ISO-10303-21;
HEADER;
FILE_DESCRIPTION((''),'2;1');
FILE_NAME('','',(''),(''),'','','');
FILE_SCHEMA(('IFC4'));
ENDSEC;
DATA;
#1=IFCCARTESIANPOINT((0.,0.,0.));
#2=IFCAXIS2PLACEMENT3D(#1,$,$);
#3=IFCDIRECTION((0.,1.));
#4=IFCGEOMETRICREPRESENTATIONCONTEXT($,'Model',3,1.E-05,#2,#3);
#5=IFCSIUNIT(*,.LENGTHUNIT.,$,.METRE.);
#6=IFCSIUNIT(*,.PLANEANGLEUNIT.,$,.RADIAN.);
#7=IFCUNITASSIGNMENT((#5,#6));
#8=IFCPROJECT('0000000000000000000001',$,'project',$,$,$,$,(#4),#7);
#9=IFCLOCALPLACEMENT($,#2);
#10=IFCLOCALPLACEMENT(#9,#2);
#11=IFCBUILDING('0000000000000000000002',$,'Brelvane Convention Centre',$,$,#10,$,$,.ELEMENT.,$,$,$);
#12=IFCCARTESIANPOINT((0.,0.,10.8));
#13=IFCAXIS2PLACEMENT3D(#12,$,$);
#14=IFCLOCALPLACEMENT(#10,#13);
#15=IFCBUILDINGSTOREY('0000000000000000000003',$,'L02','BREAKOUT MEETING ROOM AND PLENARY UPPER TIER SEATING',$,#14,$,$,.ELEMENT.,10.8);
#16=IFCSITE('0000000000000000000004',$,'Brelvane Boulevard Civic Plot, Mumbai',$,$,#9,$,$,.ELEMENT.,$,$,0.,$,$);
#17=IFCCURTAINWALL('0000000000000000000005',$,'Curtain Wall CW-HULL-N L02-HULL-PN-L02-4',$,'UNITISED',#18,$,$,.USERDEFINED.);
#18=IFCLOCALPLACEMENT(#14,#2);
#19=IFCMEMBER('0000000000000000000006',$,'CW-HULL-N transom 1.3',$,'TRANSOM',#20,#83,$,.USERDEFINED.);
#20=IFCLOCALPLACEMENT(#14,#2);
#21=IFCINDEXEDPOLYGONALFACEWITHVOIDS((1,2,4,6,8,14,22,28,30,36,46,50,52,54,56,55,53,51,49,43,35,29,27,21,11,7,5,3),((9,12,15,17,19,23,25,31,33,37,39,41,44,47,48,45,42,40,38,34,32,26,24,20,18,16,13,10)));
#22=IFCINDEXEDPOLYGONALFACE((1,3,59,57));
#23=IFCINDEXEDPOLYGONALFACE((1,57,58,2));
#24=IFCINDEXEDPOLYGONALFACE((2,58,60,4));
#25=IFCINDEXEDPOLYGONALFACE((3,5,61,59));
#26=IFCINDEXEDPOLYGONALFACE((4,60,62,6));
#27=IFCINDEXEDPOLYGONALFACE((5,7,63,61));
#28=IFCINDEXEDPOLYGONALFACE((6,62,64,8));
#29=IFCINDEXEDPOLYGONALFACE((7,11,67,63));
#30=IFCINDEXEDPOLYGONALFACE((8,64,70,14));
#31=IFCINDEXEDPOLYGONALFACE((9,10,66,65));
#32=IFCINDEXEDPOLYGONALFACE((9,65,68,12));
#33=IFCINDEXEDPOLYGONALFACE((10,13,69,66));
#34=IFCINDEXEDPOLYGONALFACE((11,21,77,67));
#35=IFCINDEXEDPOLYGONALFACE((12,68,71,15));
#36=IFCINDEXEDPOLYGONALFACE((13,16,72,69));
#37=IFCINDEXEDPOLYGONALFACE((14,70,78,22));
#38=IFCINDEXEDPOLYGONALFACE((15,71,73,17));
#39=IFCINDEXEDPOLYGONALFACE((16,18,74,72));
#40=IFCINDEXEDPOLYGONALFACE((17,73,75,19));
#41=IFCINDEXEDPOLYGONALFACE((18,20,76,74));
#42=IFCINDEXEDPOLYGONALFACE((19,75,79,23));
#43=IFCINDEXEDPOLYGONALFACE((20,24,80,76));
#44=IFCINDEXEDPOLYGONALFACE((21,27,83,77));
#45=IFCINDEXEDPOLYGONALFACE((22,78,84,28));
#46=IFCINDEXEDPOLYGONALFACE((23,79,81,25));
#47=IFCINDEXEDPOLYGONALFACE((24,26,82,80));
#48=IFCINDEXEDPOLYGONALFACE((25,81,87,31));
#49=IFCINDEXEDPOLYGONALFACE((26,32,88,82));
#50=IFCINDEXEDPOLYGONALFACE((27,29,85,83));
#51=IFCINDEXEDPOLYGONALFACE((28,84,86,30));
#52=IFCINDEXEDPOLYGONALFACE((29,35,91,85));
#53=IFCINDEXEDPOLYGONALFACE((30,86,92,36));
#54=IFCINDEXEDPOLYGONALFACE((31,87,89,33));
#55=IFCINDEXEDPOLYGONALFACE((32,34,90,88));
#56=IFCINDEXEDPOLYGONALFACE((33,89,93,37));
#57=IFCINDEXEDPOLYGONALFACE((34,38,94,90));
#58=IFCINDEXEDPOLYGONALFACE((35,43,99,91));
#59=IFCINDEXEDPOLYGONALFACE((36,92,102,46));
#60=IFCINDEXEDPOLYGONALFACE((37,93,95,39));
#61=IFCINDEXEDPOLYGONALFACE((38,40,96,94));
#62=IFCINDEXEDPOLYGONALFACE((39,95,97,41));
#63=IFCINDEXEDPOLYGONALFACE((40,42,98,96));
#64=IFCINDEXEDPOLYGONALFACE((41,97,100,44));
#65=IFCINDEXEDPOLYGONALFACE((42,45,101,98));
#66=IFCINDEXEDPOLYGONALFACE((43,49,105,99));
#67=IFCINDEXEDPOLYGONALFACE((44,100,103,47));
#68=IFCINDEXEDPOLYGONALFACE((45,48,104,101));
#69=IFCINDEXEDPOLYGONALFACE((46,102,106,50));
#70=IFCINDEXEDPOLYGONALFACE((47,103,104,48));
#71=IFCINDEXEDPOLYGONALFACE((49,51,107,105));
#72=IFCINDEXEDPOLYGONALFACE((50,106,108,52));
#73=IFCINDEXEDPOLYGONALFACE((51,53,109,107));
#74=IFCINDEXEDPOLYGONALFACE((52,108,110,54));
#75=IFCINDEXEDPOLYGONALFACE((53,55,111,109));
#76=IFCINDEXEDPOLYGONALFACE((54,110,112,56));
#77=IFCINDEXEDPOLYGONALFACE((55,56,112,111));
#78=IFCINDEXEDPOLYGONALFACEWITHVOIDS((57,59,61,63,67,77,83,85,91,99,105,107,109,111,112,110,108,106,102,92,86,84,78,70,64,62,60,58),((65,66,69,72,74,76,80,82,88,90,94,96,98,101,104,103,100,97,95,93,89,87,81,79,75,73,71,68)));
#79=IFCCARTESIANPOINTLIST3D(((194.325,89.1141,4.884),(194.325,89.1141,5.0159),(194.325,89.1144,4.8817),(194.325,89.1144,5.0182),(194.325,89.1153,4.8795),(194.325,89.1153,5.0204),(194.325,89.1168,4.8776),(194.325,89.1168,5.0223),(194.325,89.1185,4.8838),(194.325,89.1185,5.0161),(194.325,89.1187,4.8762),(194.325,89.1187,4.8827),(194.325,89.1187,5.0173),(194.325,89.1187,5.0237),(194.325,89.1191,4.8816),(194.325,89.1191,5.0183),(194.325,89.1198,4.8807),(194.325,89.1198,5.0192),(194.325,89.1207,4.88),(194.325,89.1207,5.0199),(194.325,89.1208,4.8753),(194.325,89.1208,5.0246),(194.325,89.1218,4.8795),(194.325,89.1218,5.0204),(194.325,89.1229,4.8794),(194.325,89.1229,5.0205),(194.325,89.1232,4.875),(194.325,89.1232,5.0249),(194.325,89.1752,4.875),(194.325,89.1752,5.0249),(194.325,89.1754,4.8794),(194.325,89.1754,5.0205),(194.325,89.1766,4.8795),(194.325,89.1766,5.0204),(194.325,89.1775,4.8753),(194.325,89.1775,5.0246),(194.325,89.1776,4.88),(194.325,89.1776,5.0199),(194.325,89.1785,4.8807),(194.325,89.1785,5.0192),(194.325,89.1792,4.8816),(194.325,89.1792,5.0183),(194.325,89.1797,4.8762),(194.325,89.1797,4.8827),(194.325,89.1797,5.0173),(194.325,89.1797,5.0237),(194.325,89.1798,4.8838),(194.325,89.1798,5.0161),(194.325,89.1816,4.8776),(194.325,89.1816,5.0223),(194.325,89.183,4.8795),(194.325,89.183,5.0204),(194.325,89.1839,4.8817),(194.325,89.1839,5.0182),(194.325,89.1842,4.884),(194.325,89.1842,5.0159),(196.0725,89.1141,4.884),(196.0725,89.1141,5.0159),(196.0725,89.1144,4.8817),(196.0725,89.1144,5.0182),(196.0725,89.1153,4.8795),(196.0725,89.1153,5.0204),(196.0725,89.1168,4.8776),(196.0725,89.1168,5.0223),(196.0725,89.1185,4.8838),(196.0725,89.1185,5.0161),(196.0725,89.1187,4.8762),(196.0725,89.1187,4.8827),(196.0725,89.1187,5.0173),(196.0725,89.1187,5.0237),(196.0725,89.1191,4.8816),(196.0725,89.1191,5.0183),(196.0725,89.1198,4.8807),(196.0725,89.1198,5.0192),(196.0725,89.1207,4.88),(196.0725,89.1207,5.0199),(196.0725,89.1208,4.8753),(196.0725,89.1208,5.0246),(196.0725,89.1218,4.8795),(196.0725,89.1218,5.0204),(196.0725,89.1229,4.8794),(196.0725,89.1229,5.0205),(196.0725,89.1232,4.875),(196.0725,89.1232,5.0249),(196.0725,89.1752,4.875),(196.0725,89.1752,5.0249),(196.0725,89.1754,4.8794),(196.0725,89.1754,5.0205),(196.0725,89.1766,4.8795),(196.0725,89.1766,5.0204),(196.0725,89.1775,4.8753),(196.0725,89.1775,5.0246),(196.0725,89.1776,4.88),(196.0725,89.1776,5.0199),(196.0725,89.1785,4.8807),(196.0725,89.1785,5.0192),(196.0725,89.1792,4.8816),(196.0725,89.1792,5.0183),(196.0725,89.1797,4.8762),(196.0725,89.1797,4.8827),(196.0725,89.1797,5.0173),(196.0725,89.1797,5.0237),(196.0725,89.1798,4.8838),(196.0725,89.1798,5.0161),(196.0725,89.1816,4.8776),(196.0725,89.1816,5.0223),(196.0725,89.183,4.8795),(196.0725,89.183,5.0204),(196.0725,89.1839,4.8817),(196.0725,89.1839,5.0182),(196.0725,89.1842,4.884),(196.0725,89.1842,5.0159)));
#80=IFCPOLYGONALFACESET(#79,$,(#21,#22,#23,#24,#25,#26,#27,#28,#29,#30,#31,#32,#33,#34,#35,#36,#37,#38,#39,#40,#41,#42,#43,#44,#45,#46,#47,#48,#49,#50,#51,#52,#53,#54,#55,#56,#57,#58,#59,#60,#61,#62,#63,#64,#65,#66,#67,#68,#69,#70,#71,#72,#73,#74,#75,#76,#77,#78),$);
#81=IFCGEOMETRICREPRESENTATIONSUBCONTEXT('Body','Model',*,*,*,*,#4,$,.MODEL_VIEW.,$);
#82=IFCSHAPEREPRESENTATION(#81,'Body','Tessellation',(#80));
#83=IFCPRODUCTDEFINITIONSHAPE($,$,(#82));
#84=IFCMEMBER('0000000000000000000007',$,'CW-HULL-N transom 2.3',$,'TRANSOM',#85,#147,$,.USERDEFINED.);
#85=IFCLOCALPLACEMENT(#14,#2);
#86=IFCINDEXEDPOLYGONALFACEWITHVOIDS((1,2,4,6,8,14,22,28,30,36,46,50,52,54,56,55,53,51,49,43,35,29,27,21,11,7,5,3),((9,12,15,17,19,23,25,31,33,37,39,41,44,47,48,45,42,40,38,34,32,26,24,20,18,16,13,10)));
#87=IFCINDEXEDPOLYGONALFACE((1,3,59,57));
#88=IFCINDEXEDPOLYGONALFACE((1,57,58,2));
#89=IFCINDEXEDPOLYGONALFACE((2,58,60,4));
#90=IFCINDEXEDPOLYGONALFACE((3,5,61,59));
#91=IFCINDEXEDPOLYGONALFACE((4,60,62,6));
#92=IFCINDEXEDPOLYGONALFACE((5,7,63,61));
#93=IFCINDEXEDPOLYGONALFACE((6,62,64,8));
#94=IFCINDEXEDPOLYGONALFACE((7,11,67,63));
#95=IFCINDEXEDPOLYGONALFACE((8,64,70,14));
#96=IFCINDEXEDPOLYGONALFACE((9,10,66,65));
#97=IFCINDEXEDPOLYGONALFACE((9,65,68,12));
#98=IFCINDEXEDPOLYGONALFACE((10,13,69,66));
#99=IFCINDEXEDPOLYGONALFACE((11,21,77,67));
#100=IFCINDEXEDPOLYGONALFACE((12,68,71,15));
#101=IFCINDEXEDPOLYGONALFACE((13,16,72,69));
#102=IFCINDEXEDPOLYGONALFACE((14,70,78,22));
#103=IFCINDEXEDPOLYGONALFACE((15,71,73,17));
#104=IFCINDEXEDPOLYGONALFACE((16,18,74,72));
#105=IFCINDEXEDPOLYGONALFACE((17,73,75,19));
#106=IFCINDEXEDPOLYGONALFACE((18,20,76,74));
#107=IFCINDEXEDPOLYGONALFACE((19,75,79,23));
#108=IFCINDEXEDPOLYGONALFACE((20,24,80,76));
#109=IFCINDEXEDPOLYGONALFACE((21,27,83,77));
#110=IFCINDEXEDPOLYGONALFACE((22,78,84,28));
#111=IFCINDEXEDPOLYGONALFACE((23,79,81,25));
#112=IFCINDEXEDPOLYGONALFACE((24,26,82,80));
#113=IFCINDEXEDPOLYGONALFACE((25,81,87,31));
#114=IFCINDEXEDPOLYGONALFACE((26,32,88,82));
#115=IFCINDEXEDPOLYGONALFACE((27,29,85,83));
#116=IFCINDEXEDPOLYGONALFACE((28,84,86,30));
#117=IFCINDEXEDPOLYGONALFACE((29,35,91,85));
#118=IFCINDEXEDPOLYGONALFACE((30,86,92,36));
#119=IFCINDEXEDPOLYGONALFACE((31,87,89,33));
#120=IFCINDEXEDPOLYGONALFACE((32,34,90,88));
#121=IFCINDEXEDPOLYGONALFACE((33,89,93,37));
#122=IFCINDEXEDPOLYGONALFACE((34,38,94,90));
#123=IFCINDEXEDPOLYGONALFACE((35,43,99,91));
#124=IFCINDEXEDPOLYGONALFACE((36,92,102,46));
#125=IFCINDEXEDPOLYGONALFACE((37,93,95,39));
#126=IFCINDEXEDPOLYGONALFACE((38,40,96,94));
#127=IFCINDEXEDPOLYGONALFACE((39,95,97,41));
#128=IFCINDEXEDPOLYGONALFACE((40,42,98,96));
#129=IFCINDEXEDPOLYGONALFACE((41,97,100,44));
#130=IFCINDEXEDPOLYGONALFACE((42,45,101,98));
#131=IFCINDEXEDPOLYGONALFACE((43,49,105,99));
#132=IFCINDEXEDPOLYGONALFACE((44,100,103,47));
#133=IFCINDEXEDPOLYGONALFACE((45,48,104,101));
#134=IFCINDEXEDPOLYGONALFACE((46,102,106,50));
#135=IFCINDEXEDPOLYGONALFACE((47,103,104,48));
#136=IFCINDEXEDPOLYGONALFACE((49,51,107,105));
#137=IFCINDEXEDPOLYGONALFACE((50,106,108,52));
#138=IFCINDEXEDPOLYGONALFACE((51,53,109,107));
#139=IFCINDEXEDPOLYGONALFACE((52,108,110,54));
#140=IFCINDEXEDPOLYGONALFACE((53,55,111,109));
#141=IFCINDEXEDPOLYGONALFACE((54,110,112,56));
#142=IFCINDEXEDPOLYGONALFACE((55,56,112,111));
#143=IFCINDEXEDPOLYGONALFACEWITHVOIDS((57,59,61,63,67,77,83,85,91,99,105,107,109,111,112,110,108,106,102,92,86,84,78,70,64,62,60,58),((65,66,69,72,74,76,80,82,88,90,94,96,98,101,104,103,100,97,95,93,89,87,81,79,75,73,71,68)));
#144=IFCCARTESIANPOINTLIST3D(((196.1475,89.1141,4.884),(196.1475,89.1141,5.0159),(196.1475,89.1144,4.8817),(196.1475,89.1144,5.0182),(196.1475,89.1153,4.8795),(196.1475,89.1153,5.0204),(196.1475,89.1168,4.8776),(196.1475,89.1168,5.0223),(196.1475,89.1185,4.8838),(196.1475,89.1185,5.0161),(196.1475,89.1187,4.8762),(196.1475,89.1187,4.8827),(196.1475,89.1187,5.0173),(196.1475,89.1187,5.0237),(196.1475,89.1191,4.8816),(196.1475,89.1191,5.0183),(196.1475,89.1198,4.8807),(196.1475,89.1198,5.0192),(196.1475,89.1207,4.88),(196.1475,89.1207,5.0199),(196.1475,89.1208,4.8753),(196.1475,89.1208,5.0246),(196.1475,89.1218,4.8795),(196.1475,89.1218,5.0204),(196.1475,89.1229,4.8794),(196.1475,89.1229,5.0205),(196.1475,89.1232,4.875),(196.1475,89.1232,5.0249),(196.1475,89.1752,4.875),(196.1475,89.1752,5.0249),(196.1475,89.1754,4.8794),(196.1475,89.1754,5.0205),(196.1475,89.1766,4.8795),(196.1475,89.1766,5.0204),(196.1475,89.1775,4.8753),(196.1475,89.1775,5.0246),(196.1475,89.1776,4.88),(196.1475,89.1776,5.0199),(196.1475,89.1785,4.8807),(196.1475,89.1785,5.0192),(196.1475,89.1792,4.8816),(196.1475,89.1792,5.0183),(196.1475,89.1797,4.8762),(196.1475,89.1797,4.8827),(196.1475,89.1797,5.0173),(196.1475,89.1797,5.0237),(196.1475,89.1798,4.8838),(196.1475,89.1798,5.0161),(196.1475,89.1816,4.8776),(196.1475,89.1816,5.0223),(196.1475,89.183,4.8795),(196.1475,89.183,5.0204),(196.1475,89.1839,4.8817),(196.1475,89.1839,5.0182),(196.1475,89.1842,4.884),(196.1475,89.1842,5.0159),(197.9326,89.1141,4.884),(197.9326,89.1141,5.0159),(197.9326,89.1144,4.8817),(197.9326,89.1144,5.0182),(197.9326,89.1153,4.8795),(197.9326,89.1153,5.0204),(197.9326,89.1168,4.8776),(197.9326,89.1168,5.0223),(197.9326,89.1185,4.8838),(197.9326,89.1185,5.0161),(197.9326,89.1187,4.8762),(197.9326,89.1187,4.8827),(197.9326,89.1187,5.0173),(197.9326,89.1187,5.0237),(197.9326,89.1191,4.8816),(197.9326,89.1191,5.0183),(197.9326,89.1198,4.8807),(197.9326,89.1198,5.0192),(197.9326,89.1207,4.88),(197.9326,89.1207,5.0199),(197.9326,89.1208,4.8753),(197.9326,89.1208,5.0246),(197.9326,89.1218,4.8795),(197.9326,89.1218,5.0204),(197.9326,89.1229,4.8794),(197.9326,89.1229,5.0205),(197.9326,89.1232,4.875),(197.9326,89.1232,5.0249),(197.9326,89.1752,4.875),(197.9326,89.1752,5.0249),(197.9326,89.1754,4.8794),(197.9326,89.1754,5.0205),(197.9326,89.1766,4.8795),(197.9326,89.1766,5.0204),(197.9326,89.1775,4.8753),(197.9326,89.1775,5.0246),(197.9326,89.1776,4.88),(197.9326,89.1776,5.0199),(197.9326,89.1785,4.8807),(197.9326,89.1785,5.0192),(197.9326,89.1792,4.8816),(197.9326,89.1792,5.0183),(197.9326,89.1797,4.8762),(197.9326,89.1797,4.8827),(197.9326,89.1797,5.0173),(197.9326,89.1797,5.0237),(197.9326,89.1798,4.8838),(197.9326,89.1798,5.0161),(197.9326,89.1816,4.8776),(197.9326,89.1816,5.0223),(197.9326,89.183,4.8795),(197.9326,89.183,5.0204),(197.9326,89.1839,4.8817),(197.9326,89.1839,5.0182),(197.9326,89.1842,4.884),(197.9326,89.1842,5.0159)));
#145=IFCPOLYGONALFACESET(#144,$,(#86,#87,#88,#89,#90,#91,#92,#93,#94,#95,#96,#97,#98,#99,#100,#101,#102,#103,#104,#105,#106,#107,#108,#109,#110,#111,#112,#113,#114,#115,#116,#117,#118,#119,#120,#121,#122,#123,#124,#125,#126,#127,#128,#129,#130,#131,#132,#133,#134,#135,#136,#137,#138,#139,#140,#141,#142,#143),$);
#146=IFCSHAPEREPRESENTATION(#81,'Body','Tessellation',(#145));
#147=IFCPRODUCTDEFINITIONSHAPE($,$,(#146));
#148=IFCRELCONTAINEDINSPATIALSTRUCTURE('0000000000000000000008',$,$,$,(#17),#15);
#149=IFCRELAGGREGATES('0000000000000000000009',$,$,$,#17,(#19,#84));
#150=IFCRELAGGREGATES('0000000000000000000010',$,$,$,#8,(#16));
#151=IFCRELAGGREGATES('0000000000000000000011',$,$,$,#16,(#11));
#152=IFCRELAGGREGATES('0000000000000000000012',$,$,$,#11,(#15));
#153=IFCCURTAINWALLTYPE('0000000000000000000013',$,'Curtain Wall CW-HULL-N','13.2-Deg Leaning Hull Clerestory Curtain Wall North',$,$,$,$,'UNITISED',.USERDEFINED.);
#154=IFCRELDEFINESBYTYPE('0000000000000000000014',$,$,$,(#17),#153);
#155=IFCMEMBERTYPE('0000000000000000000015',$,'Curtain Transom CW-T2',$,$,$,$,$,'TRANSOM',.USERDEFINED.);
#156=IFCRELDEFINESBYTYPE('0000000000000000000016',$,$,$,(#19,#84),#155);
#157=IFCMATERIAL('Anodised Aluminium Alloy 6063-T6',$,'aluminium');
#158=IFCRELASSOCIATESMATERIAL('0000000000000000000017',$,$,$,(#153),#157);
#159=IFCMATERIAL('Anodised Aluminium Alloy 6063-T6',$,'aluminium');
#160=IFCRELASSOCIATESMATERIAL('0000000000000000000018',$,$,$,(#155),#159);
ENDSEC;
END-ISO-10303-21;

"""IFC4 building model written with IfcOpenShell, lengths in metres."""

from ifc_helpers import new_model, si_unit, direction, frame, origin, origin_2d, place, context, subcontext, project, spatial, hollow_rectangle, extrude, material, material_profile, profile_set, type_object, element, aggregate, save


model = new_model("IFC4")

# Units and contexts
model_context = context("Model", 3, precision=1e-05, world=origin(), true_north=direction((0.0, 1.0)))
body_context = subcontext(model_context, "Body", "Model", "MODEL_VIEW")
ifc_project = project(units=[si_unit("LENGTHUNIT", "METRE"), si_unit("PLANEANGLEUNIT", "RADIAN")], contexts=[model_context])

# Site, building, storey
site_placement = place(None, origin())
site = spatial("IfcSite", under=ifc_project, at=site_placement, Name="Brelvane Boulevard Civic Plot, Mumbai", CompositionType="ELEMENT", RefElevation=0.0)
building_placement = place(site_placement, origin())
building = spatial("IfcBuilding", under=site, at=building_placement, Name="Brelvane Convention Centre", CompositionType="ELEMENT")
storey_placement = place(building_placement, frame((0.0, 0.0, 10.8)))
storey = spatial("IfcBuildingStorey", under=building, at=storey_placement, Name="L02", Description="BREAKOUT MEETING ROOM AND PLENARY UPPER TIER SEATING", CompositionType="ELEMENT", Elevation=10.8)

# Curtain wall, members
ifc_material_1 = material(Name="Anodised Aluminium Alloy 6063-T6", Category="aluminium")
curtain_wall_type = type_object("IfcCurtainWallType", Name="Curtain Wall CW-HULL-N", Description="13.2-Deg Leaning Hull Clerestory Curtain Wall North", ElementType="UNITISED", PredefinedType="USERDEFINED", material=ifc_material_1)
ifc_material_2 = material(Name="Anodised Aluminium Alloy 6063-T6", Category="aluminium")
ifc_material_profile = material_profile(ifc_material_2, hollow_rectangle(XDim=0.0701, YDim=0.1499, WallThickness=0.0044, InnerFilletRadius=0.0044, OuterFilletRadius=0.009, at=origin_2d()), Name="ALU-T 150x70x4.5")
ifc_profile_set = profile_set([ifc_material_profile], Name="Anodised Aluminium Alloy 6063-T6")
member_type = type_object("IfcMemberType", Name="Curtain Transom CW-T2", ElementType="TRANSOM", PredefinedType="USERDEFINED", material=ifc_profile_set)
curtain_wall_1_placement = place(storey_placement, origin())
curtain_wall_1 = element("IfcCurtainWall", 1, at=curtain_wall_1_placement, inside=storey, type_object=curtain_wall_type, Name="Curtain Wall CW-HULL-N L02-HULL-PN-L02-4", ObjectType="UNITISED", PredefinedType="USERDEFINED")
member_1_placement = place(storey_placement, frame((194.325, 89.1492, 4.95), z_axis=(1.0, 0.0, 0.0), x_axis=(0.0, 1.0, 0.0)))
member_1 = element("IfcMember", 2, at=member_1_placement, type_object=member_type, Name="CW-HULL-N transom 1.3", ObjectType="TRANSOM", PredefinedType="USERDEFINED", context=body_context, shape_type="SweptSolid", body=[
    extrude(hollow_rectangle(XDim=0.0701, YDim=0.1499, WallThickness=0.0044, InnerFilletRadius=0.0044, OuterFilletRadius=0.009, at=origin_2d()), origin(), (0.0, 0.0, 1.0), 1.7476),
])
member_2_placement = place(storey_placement, frame((196.1475, 89.1492, 4.95), z_axis=(1.0, 0.0, 0.0), x_axis=(0.0, 1.0, 0.0)))
member_2 = element("IfcMember", 3, at=member_2_placement, type_object=member_type, Name="CW-HULL-N transom 2.3", ObjectType="TRANSOM", PredefinedType="USERDEFINED", context=body_context, shape_type="SweptSolid", body=[
    extrude(hollow_rectangle(XDim=0.0701, YDim=0.1499, WallThickness=0.0044, InnerFilletRadius=0.0044, OuterFilletRadius=0.009, at=origin_2d()), origin(), (0.0, 0.0, 1.0), 1.7852),
])

aggregate(curtain_wall_1, [member_1, member_2])

save(model, "model.ifc")
